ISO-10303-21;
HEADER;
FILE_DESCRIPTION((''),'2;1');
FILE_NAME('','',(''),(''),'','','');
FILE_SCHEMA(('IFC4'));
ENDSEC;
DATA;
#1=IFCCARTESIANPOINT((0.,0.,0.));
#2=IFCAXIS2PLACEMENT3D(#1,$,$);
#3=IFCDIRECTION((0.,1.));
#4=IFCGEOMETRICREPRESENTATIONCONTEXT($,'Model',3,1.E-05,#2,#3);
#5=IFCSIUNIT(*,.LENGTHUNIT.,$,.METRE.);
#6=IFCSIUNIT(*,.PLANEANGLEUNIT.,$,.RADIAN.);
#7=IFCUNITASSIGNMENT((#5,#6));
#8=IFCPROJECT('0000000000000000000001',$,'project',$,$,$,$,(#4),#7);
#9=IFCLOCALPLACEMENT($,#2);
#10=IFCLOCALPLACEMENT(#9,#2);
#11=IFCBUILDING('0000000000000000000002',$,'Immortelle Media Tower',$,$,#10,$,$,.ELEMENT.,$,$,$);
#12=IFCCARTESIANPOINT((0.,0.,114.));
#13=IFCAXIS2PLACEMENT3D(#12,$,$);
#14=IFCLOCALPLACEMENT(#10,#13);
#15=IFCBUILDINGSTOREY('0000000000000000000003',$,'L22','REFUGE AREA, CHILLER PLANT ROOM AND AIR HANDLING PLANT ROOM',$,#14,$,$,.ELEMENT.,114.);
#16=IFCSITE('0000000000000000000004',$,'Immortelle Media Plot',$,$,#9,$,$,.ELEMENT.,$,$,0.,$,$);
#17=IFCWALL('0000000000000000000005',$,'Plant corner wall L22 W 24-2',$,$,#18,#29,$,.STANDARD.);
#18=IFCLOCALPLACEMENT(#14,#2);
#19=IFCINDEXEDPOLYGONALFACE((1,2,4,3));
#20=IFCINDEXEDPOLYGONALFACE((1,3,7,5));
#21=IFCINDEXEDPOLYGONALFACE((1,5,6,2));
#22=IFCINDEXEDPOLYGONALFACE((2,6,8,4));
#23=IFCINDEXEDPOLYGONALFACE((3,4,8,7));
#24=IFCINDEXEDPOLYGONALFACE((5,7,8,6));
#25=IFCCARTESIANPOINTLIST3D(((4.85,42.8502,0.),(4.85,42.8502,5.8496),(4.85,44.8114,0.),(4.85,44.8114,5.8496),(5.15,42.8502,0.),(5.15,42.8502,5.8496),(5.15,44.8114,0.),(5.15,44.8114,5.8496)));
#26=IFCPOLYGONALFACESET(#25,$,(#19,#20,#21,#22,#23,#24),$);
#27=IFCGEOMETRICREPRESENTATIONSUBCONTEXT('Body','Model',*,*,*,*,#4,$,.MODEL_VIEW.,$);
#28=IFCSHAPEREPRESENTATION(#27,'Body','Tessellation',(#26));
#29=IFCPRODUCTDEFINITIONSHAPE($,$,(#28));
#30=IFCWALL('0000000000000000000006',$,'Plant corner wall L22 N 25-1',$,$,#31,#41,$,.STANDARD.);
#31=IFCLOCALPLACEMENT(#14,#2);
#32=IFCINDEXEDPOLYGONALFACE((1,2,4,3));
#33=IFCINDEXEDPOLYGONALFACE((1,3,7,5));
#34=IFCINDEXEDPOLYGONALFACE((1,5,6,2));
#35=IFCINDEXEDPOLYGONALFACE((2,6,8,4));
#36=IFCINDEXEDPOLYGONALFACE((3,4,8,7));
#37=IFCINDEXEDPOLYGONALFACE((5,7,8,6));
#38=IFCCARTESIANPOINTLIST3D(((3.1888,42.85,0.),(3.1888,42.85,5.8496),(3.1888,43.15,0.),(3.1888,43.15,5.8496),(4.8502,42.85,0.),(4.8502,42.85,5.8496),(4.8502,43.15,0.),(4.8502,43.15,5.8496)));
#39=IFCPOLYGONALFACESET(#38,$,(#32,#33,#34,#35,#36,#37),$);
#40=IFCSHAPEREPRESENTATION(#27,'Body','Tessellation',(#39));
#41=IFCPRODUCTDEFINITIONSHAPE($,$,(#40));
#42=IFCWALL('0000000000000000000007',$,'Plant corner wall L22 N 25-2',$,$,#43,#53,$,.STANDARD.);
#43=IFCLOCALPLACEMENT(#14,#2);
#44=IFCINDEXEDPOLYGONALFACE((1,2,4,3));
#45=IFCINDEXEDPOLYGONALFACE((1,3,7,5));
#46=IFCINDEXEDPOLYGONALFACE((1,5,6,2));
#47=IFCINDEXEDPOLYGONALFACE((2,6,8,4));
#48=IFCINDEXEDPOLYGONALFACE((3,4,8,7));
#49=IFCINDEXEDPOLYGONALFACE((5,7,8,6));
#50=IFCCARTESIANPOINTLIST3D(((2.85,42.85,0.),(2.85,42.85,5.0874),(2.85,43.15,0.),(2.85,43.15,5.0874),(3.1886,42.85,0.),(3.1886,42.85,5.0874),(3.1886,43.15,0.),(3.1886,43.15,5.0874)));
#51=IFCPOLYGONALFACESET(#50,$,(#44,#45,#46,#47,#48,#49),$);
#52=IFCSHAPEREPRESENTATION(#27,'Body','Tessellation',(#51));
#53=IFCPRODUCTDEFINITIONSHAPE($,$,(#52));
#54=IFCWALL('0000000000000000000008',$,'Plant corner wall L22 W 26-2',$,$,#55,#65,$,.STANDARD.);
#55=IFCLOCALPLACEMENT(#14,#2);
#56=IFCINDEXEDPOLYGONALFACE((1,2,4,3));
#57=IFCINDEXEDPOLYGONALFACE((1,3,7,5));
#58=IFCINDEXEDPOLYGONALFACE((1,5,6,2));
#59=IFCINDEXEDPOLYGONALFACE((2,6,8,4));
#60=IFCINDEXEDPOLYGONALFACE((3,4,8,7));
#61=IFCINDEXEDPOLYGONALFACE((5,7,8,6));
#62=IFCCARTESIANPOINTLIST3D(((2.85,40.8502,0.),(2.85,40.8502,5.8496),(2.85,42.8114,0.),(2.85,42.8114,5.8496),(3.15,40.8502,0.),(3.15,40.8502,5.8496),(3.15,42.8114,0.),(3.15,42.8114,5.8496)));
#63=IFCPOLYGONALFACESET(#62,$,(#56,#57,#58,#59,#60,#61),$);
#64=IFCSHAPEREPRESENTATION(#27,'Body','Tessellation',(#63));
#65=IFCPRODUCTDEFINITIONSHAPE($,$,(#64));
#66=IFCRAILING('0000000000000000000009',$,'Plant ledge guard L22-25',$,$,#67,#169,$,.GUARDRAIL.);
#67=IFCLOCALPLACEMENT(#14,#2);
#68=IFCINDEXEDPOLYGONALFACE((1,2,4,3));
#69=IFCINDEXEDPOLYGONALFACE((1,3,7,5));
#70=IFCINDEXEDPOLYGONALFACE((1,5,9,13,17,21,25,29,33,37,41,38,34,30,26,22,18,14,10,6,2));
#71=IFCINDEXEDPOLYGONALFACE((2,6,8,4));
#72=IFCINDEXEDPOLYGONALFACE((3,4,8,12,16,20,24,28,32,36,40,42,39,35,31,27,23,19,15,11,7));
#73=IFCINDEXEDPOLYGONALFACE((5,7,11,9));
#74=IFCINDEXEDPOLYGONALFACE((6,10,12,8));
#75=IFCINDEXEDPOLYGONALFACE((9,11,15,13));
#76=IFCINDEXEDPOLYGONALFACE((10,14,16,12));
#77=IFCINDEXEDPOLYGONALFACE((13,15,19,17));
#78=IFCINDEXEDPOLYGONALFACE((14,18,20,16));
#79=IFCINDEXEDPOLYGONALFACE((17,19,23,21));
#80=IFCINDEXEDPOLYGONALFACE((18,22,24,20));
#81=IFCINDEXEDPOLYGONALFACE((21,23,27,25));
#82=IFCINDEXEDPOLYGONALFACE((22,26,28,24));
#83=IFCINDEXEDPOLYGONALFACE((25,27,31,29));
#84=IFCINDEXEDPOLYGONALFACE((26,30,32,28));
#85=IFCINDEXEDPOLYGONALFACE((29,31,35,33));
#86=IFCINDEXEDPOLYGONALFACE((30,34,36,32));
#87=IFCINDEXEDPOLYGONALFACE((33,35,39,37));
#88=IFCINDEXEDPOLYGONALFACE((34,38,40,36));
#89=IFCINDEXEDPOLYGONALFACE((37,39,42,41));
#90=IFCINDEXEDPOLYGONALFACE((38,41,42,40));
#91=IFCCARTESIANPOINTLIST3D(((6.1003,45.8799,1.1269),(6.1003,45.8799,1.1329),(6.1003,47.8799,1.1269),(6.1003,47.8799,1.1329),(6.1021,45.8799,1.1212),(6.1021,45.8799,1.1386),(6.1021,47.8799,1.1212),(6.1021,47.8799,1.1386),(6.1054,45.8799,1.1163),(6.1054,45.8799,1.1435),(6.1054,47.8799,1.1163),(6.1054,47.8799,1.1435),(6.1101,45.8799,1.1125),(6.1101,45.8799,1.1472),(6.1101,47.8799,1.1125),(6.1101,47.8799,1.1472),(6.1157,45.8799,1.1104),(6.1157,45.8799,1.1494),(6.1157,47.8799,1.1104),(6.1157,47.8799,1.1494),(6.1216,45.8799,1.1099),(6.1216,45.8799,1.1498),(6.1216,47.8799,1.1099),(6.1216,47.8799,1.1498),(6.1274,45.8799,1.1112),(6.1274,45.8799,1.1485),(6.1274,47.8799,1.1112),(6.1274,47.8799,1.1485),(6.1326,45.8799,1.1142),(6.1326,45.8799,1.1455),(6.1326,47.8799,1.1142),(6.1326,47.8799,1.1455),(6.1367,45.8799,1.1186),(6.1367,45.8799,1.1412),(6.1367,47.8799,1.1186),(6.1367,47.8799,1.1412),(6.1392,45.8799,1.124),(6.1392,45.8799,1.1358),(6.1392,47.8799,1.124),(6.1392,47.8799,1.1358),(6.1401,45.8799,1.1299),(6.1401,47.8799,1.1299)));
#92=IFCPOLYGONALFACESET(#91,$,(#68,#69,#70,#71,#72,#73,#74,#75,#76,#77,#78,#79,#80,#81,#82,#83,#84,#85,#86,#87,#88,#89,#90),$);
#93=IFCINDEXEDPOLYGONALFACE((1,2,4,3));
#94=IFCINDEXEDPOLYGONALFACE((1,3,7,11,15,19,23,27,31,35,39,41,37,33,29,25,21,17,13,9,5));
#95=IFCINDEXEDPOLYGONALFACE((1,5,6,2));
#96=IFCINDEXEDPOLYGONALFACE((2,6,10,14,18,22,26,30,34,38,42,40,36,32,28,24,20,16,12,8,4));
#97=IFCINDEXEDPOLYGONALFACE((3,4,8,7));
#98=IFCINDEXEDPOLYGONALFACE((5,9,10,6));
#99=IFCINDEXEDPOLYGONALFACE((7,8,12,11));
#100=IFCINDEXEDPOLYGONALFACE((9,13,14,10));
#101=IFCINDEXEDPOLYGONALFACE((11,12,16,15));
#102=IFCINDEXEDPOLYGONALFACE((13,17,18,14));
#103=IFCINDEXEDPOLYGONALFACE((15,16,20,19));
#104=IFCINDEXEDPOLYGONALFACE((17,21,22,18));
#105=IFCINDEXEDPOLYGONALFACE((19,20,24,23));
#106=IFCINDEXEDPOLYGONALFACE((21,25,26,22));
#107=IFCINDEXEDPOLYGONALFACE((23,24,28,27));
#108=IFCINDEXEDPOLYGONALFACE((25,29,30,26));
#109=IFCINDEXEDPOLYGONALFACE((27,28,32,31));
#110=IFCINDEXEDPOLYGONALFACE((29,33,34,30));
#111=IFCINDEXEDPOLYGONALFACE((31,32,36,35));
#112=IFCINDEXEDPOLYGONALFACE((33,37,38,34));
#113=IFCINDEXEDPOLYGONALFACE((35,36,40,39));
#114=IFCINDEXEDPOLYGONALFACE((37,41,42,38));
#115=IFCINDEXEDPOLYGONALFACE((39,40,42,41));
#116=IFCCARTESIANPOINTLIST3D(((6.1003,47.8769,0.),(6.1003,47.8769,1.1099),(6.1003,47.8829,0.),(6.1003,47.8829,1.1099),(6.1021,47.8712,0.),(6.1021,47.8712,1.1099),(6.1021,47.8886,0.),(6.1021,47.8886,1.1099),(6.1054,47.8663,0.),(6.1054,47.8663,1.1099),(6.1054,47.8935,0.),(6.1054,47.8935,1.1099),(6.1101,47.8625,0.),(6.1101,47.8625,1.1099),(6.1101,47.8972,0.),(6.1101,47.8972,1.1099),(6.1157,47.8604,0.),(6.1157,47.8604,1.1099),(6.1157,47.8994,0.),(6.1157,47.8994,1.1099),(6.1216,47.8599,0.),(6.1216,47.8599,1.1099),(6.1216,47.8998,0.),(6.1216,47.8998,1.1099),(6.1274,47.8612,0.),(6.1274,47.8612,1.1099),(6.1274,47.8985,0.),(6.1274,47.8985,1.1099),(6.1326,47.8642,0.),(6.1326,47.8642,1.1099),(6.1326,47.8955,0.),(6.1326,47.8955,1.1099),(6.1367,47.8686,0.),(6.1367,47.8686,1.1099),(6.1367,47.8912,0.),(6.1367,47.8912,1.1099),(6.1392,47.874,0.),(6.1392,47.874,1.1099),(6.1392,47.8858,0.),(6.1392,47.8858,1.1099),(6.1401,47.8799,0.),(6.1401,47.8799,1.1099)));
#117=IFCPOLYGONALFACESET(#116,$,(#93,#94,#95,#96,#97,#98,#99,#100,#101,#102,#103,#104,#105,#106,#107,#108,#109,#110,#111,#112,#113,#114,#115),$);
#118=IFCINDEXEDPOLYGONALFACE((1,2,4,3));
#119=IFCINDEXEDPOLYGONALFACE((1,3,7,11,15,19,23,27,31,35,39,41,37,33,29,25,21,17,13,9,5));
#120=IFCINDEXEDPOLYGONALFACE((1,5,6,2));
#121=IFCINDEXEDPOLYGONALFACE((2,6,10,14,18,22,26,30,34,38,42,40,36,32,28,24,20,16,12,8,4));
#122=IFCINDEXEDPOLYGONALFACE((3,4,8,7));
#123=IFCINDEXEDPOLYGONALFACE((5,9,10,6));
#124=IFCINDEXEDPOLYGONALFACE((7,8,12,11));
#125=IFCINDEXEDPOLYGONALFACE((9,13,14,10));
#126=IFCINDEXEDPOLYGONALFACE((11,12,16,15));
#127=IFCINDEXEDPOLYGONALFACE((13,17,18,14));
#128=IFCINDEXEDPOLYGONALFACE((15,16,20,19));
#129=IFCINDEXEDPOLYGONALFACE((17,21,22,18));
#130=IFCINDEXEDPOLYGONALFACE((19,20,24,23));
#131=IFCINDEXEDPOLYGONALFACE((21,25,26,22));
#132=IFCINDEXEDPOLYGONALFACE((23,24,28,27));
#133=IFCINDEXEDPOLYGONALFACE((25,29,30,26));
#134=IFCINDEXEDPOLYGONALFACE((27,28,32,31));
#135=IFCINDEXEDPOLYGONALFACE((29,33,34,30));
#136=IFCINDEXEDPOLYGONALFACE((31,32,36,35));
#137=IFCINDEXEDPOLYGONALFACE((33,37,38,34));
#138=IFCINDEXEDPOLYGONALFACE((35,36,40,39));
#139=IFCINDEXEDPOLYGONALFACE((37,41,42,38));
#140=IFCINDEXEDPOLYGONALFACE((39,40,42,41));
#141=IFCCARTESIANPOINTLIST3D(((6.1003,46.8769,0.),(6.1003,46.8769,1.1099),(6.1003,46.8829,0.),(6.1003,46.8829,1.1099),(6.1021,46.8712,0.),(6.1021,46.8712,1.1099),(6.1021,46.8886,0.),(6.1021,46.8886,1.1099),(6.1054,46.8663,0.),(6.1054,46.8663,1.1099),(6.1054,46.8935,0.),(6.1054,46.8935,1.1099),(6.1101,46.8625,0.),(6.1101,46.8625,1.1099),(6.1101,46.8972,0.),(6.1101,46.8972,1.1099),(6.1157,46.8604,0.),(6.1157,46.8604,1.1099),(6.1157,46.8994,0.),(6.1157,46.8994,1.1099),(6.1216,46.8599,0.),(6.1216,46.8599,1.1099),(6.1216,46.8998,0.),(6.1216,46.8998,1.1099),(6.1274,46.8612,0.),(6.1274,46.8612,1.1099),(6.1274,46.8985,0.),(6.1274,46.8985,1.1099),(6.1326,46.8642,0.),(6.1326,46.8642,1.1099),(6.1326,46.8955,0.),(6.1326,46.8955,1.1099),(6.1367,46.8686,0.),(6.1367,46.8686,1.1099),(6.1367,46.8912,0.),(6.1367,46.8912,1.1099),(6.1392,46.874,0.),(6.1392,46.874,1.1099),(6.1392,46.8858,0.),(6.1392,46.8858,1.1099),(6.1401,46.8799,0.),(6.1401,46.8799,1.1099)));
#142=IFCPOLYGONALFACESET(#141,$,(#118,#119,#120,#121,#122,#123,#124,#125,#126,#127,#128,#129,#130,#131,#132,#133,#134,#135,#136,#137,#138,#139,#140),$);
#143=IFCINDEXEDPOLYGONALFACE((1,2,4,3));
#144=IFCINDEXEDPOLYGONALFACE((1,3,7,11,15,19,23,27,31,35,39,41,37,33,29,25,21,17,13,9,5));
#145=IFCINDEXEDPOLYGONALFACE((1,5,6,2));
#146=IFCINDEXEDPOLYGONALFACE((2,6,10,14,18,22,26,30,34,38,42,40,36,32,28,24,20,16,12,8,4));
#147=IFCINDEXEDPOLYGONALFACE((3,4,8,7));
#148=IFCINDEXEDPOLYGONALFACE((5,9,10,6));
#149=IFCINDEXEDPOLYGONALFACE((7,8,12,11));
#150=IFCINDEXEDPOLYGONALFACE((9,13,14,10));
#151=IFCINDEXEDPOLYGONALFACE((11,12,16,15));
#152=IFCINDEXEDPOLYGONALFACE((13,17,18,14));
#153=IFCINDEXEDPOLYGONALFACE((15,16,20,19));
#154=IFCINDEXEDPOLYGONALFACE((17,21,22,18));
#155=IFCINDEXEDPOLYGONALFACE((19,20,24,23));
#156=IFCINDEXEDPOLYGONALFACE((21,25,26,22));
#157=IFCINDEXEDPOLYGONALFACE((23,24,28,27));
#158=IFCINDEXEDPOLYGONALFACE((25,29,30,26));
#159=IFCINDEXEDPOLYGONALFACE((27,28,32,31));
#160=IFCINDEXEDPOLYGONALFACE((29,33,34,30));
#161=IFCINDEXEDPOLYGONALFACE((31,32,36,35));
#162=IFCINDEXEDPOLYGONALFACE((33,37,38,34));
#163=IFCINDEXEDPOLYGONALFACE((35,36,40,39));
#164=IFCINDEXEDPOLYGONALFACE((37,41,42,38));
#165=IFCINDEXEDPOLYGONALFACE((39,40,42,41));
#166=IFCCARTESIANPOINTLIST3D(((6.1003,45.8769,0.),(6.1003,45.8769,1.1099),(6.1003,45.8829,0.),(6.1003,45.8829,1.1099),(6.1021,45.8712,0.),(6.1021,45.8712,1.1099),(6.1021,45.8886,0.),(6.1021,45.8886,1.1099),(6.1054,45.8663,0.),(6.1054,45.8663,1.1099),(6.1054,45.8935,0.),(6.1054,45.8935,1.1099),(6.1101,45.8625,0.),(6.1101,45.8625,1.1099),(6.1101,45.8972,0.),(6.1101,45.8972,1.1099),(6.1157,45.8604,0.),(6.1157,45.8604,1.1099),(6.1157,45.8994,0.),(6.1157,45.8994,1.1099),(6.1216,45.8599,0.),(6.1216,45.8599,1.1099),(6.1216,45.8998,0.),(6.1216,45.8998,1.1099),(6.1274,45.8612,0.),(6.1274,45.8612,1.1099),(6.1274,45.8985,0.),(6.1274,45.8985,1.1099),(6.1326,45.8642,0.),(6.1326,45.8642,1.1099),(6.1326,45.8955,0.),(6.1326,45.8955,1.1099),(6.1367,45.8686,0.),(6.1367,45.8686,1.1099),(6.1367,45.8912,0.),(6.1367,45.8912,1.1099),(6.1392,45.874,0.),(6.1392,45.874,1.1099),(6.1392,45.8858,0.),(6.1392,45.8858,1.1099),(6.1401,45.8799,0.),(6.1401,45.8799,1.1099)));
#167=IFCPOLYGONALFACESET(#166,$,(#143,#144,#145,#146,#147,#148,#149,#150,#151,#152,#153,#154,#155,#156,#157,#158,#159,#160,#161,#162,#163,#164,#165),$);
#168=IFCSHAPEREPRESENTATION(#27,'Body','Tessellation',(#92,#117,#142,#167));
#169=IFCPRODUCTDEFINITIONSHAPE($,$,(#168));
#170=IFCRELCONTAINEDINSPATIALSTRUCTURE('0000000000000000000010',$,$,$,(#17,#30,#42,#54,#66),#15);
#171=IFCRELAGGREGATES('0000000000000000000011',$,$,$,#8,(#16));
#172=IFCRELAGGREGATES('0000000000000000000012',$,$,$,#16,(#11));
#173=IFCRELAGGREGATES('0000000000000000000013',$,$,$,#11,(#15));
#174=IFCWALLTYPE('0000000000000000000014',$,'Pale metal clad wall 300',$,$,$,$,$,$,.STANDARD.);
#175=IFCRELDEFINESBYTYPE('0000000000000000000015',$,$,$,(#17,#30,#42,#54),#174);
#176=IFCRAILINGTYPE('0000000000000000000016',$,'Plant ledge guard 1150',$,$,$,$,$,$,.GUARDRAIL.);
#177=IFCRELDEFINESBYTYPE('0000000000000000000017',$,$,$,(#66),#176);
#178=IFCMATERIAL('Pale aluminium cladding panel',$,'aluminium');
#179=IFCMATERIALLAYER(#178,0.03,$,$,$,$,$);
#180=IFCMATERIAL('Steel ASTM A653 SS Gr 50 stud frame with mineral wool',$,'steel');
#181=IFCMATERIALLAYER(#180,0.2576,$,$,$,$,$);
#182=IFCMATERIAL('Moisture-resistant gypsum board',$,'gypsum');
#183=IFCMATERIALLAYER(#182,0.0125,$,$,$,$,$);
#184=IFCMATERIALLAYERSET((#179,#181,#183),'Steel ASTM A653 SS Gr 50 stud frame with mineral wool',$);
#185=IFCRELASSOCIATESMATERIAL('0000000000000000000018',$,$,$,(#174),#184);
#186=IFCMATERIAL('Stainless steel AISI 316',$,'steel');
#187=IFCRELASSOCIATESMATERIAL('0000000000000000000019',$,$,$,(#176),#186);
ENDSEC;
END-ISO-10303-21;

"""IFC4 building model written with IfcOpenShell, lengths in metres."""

from ifc_helpers import new_model, si_unit, direction, frame, frame_2d, origin, origin_2d, place, context, subcontext, project, spatial, rectangle, circle, extrude, material, layer, layer_set, type_object, element, save


model = new_model("IFC4")

# Units and contexts
model_context = context("Model", 3, precision=1e-05, world=origin(), true_north=direction((0.0, 1.0)))
body_context = subcontext(model_context, "Body", "Model", "MODEL_VIEW")
ifc_project = project(units=[si_unit("LENGTHUNIT", "METRE"), si_unit("PLANEANGLEUNIT", "RADIAN")], contexts=[model_context])

# Site, building, storey
site_placement = place(None, origin())
site = spatial("IfcSite", under=ifc_project, at=site_placement, Name="Immortelle Media Plot", CompositionType="ELEMENT", RefElevation=0.0)
building_placement = place(site_placement, origin())
building = spatial("IfcBuilding", under=site, at=building_placement, Name="Immortelle Media Tower", CompositionType="ELEMENT")
storey_placement = place(building_placement, frame((0.0, 0.0, 114.0)))
storey = spatial("IfcBuildingStorey", under=building, at=storey_placement, Name="L22", Description="REFUGE AREA, CHILLER PLANT ROOM AND AIR HANDLING PLANT ROOM", CompositionType="ELEMENT", Elevation=114.0)

# Walls
ifc_material_1 = material(Name="Pale aluminium cladding panel", Category="aluminium")
ifc_layer_1 = layer(ifc_material_1, 0.03)
ifc_material_2 = material(Name="Steel ASTM A653 SS Gr 50 stud frame with mineral wool", Category="steel")
ifc_layer_2 = layer(ifc_material_2, 0.2576)
ifc_material_3 = material(Name="Moisture-resistant gypsum board", Category="gypsum")
ifc_layer_3 = layer(ifc_material_3, 0.0125)
ifc_layer_set_1 = layer_set([ifc_layer_1, ifc_layer_2, ifc_layer_3], Name="Steel ASTM A653 SS Gr 50 stud frame with mineral wool")
wall_type = type_object("IfcWallType", Name="Pale metal clad wall 300", PredefinedType="STANDARD", material=ifc_layer_set_1)
wall_1_placement = place(storey_placement, frame((5.0, 44.8113, 0.0), z_axis=(0.0, 0.0, 1.0), x_axis=(0.0, -1.0, 0.0)))
element("IfcWall", 1, at=wall_1_placement, inside=storey, type_object=wall_type, Name="Plant corner wall L22 W 24-2", PredefinedType="STANDARD", context=body_context, shape_type="SweptSolid", body=[
    extrude(rectangle(XDim=1.9612, YDim=0.3, at=frame_2d((0.9805, 0.0))), origin(), (0.0, 0.0, 1.0), 5.8496),
])
wall_2_placement = place(storey_placement, frame((4.8501, 43.0, 0.0), z_axis=(0.0, 0.0, 1.0), x_axis=(-1.0, 0.0, 0.0)))
element("IfcWall", 2, at=wall_2_placement, inside=storey, type_object=wall_type, Name="Plant corner wall L22 N 25-1", PredefinedType="STANDARD", context=body_context, shape_type="SweptSolid", body=[
    extrude(rectangle(XDim=1.6614, YDim=0.3, at=frame_2d((0.8306, 0.0))), origin(), (0.0, 0.0, 1.0), 5.8496),
])
wall_3_placement = place(storey_placement, frame((3.1887, 43.0, 0.0), z_axis=(0.0, 0.0, 1.0), x_axis=(-1.0, 0.0, 0.0)))
element("IfcWall", 3, at=wall_3_placement, inside=storey, type_object=wall_type, Name="Plant corner wall L22 N 25-2", PredefinedType="STANDARD", context=body_context, shape_type="SweptSolid", body=[
    extrude(rectangle(XDim=0.3386, YDim=0.3, at=frame_2d((0.1694, 0.0))), origin(), (0.0, 0.0, 1.0), 5.0874),
])
wall_4_placement = place(storey_placement, frame((3.0, 42.8113, 0.0), z_axis=(0.0, 0.0, 1.0), x_axis=(0.0, -1.0, 0.0)))
element("IfcWall", 4, at=wall_4_placement, inside=storey, type_object=wall_type, Name="Plant corner wall L22 W 26-2", PredefinedType="STANDARD", context=body_context, shape_type="SweptSolid", body=[
    extrude(rectangle(XDim=1.9612, YDim=0.3, at=frame_2d((0.9805, 0.0))), origin(), (0.0, 0.0, 1.0), 5.8496),
])

# Railing
ifc_material_4 = material(Name="Stainless steel AISI 316", Category="steel")
railing_type = type_object("IfcRailingType", Name="Plant ledge guard 1150", PredefinedType="GUARDRAIL", material=ifc_material_4)
railing_1_placement = place(storey_placement, frame((6.1201, 47.8799, 0.0)))
element("IfcRailing", 5, at=railing_1_placement, inside=storey, type_object=railing_type, Name="Plant ledge guard L22-25", PredefinedType="GUARDRAIL", context=body_context, shape_type="SweptSolid", body=[
    extrude(circle(Radius=0.02, at=origin_2d()), frame((0.0, 0.0, 1.1299), z_axis=(0.0, -1.0, 0.0), x_axis=(1.0, 0.0, 0.0)), (0.0, 0.0, 1.0), 2.0),
    extrude(circle(Radius=0.02, at=origin_2d()), origin(), (0.0, 0.0, 1.0), 1.1099),
    extrude(circle(Radius=0.02, at=origin_2d()), frame((0.0, -1.0, 0.0)), (0.0, 0.0, 1.0), 1.1099),
    extrude(circle(Radius=0.02, at=origin_2d()), frame((0.0, -2.0, 0.0)), (0.0, 0.0, 1.0), 1.1099),
])

save(model, "model.ifc")
